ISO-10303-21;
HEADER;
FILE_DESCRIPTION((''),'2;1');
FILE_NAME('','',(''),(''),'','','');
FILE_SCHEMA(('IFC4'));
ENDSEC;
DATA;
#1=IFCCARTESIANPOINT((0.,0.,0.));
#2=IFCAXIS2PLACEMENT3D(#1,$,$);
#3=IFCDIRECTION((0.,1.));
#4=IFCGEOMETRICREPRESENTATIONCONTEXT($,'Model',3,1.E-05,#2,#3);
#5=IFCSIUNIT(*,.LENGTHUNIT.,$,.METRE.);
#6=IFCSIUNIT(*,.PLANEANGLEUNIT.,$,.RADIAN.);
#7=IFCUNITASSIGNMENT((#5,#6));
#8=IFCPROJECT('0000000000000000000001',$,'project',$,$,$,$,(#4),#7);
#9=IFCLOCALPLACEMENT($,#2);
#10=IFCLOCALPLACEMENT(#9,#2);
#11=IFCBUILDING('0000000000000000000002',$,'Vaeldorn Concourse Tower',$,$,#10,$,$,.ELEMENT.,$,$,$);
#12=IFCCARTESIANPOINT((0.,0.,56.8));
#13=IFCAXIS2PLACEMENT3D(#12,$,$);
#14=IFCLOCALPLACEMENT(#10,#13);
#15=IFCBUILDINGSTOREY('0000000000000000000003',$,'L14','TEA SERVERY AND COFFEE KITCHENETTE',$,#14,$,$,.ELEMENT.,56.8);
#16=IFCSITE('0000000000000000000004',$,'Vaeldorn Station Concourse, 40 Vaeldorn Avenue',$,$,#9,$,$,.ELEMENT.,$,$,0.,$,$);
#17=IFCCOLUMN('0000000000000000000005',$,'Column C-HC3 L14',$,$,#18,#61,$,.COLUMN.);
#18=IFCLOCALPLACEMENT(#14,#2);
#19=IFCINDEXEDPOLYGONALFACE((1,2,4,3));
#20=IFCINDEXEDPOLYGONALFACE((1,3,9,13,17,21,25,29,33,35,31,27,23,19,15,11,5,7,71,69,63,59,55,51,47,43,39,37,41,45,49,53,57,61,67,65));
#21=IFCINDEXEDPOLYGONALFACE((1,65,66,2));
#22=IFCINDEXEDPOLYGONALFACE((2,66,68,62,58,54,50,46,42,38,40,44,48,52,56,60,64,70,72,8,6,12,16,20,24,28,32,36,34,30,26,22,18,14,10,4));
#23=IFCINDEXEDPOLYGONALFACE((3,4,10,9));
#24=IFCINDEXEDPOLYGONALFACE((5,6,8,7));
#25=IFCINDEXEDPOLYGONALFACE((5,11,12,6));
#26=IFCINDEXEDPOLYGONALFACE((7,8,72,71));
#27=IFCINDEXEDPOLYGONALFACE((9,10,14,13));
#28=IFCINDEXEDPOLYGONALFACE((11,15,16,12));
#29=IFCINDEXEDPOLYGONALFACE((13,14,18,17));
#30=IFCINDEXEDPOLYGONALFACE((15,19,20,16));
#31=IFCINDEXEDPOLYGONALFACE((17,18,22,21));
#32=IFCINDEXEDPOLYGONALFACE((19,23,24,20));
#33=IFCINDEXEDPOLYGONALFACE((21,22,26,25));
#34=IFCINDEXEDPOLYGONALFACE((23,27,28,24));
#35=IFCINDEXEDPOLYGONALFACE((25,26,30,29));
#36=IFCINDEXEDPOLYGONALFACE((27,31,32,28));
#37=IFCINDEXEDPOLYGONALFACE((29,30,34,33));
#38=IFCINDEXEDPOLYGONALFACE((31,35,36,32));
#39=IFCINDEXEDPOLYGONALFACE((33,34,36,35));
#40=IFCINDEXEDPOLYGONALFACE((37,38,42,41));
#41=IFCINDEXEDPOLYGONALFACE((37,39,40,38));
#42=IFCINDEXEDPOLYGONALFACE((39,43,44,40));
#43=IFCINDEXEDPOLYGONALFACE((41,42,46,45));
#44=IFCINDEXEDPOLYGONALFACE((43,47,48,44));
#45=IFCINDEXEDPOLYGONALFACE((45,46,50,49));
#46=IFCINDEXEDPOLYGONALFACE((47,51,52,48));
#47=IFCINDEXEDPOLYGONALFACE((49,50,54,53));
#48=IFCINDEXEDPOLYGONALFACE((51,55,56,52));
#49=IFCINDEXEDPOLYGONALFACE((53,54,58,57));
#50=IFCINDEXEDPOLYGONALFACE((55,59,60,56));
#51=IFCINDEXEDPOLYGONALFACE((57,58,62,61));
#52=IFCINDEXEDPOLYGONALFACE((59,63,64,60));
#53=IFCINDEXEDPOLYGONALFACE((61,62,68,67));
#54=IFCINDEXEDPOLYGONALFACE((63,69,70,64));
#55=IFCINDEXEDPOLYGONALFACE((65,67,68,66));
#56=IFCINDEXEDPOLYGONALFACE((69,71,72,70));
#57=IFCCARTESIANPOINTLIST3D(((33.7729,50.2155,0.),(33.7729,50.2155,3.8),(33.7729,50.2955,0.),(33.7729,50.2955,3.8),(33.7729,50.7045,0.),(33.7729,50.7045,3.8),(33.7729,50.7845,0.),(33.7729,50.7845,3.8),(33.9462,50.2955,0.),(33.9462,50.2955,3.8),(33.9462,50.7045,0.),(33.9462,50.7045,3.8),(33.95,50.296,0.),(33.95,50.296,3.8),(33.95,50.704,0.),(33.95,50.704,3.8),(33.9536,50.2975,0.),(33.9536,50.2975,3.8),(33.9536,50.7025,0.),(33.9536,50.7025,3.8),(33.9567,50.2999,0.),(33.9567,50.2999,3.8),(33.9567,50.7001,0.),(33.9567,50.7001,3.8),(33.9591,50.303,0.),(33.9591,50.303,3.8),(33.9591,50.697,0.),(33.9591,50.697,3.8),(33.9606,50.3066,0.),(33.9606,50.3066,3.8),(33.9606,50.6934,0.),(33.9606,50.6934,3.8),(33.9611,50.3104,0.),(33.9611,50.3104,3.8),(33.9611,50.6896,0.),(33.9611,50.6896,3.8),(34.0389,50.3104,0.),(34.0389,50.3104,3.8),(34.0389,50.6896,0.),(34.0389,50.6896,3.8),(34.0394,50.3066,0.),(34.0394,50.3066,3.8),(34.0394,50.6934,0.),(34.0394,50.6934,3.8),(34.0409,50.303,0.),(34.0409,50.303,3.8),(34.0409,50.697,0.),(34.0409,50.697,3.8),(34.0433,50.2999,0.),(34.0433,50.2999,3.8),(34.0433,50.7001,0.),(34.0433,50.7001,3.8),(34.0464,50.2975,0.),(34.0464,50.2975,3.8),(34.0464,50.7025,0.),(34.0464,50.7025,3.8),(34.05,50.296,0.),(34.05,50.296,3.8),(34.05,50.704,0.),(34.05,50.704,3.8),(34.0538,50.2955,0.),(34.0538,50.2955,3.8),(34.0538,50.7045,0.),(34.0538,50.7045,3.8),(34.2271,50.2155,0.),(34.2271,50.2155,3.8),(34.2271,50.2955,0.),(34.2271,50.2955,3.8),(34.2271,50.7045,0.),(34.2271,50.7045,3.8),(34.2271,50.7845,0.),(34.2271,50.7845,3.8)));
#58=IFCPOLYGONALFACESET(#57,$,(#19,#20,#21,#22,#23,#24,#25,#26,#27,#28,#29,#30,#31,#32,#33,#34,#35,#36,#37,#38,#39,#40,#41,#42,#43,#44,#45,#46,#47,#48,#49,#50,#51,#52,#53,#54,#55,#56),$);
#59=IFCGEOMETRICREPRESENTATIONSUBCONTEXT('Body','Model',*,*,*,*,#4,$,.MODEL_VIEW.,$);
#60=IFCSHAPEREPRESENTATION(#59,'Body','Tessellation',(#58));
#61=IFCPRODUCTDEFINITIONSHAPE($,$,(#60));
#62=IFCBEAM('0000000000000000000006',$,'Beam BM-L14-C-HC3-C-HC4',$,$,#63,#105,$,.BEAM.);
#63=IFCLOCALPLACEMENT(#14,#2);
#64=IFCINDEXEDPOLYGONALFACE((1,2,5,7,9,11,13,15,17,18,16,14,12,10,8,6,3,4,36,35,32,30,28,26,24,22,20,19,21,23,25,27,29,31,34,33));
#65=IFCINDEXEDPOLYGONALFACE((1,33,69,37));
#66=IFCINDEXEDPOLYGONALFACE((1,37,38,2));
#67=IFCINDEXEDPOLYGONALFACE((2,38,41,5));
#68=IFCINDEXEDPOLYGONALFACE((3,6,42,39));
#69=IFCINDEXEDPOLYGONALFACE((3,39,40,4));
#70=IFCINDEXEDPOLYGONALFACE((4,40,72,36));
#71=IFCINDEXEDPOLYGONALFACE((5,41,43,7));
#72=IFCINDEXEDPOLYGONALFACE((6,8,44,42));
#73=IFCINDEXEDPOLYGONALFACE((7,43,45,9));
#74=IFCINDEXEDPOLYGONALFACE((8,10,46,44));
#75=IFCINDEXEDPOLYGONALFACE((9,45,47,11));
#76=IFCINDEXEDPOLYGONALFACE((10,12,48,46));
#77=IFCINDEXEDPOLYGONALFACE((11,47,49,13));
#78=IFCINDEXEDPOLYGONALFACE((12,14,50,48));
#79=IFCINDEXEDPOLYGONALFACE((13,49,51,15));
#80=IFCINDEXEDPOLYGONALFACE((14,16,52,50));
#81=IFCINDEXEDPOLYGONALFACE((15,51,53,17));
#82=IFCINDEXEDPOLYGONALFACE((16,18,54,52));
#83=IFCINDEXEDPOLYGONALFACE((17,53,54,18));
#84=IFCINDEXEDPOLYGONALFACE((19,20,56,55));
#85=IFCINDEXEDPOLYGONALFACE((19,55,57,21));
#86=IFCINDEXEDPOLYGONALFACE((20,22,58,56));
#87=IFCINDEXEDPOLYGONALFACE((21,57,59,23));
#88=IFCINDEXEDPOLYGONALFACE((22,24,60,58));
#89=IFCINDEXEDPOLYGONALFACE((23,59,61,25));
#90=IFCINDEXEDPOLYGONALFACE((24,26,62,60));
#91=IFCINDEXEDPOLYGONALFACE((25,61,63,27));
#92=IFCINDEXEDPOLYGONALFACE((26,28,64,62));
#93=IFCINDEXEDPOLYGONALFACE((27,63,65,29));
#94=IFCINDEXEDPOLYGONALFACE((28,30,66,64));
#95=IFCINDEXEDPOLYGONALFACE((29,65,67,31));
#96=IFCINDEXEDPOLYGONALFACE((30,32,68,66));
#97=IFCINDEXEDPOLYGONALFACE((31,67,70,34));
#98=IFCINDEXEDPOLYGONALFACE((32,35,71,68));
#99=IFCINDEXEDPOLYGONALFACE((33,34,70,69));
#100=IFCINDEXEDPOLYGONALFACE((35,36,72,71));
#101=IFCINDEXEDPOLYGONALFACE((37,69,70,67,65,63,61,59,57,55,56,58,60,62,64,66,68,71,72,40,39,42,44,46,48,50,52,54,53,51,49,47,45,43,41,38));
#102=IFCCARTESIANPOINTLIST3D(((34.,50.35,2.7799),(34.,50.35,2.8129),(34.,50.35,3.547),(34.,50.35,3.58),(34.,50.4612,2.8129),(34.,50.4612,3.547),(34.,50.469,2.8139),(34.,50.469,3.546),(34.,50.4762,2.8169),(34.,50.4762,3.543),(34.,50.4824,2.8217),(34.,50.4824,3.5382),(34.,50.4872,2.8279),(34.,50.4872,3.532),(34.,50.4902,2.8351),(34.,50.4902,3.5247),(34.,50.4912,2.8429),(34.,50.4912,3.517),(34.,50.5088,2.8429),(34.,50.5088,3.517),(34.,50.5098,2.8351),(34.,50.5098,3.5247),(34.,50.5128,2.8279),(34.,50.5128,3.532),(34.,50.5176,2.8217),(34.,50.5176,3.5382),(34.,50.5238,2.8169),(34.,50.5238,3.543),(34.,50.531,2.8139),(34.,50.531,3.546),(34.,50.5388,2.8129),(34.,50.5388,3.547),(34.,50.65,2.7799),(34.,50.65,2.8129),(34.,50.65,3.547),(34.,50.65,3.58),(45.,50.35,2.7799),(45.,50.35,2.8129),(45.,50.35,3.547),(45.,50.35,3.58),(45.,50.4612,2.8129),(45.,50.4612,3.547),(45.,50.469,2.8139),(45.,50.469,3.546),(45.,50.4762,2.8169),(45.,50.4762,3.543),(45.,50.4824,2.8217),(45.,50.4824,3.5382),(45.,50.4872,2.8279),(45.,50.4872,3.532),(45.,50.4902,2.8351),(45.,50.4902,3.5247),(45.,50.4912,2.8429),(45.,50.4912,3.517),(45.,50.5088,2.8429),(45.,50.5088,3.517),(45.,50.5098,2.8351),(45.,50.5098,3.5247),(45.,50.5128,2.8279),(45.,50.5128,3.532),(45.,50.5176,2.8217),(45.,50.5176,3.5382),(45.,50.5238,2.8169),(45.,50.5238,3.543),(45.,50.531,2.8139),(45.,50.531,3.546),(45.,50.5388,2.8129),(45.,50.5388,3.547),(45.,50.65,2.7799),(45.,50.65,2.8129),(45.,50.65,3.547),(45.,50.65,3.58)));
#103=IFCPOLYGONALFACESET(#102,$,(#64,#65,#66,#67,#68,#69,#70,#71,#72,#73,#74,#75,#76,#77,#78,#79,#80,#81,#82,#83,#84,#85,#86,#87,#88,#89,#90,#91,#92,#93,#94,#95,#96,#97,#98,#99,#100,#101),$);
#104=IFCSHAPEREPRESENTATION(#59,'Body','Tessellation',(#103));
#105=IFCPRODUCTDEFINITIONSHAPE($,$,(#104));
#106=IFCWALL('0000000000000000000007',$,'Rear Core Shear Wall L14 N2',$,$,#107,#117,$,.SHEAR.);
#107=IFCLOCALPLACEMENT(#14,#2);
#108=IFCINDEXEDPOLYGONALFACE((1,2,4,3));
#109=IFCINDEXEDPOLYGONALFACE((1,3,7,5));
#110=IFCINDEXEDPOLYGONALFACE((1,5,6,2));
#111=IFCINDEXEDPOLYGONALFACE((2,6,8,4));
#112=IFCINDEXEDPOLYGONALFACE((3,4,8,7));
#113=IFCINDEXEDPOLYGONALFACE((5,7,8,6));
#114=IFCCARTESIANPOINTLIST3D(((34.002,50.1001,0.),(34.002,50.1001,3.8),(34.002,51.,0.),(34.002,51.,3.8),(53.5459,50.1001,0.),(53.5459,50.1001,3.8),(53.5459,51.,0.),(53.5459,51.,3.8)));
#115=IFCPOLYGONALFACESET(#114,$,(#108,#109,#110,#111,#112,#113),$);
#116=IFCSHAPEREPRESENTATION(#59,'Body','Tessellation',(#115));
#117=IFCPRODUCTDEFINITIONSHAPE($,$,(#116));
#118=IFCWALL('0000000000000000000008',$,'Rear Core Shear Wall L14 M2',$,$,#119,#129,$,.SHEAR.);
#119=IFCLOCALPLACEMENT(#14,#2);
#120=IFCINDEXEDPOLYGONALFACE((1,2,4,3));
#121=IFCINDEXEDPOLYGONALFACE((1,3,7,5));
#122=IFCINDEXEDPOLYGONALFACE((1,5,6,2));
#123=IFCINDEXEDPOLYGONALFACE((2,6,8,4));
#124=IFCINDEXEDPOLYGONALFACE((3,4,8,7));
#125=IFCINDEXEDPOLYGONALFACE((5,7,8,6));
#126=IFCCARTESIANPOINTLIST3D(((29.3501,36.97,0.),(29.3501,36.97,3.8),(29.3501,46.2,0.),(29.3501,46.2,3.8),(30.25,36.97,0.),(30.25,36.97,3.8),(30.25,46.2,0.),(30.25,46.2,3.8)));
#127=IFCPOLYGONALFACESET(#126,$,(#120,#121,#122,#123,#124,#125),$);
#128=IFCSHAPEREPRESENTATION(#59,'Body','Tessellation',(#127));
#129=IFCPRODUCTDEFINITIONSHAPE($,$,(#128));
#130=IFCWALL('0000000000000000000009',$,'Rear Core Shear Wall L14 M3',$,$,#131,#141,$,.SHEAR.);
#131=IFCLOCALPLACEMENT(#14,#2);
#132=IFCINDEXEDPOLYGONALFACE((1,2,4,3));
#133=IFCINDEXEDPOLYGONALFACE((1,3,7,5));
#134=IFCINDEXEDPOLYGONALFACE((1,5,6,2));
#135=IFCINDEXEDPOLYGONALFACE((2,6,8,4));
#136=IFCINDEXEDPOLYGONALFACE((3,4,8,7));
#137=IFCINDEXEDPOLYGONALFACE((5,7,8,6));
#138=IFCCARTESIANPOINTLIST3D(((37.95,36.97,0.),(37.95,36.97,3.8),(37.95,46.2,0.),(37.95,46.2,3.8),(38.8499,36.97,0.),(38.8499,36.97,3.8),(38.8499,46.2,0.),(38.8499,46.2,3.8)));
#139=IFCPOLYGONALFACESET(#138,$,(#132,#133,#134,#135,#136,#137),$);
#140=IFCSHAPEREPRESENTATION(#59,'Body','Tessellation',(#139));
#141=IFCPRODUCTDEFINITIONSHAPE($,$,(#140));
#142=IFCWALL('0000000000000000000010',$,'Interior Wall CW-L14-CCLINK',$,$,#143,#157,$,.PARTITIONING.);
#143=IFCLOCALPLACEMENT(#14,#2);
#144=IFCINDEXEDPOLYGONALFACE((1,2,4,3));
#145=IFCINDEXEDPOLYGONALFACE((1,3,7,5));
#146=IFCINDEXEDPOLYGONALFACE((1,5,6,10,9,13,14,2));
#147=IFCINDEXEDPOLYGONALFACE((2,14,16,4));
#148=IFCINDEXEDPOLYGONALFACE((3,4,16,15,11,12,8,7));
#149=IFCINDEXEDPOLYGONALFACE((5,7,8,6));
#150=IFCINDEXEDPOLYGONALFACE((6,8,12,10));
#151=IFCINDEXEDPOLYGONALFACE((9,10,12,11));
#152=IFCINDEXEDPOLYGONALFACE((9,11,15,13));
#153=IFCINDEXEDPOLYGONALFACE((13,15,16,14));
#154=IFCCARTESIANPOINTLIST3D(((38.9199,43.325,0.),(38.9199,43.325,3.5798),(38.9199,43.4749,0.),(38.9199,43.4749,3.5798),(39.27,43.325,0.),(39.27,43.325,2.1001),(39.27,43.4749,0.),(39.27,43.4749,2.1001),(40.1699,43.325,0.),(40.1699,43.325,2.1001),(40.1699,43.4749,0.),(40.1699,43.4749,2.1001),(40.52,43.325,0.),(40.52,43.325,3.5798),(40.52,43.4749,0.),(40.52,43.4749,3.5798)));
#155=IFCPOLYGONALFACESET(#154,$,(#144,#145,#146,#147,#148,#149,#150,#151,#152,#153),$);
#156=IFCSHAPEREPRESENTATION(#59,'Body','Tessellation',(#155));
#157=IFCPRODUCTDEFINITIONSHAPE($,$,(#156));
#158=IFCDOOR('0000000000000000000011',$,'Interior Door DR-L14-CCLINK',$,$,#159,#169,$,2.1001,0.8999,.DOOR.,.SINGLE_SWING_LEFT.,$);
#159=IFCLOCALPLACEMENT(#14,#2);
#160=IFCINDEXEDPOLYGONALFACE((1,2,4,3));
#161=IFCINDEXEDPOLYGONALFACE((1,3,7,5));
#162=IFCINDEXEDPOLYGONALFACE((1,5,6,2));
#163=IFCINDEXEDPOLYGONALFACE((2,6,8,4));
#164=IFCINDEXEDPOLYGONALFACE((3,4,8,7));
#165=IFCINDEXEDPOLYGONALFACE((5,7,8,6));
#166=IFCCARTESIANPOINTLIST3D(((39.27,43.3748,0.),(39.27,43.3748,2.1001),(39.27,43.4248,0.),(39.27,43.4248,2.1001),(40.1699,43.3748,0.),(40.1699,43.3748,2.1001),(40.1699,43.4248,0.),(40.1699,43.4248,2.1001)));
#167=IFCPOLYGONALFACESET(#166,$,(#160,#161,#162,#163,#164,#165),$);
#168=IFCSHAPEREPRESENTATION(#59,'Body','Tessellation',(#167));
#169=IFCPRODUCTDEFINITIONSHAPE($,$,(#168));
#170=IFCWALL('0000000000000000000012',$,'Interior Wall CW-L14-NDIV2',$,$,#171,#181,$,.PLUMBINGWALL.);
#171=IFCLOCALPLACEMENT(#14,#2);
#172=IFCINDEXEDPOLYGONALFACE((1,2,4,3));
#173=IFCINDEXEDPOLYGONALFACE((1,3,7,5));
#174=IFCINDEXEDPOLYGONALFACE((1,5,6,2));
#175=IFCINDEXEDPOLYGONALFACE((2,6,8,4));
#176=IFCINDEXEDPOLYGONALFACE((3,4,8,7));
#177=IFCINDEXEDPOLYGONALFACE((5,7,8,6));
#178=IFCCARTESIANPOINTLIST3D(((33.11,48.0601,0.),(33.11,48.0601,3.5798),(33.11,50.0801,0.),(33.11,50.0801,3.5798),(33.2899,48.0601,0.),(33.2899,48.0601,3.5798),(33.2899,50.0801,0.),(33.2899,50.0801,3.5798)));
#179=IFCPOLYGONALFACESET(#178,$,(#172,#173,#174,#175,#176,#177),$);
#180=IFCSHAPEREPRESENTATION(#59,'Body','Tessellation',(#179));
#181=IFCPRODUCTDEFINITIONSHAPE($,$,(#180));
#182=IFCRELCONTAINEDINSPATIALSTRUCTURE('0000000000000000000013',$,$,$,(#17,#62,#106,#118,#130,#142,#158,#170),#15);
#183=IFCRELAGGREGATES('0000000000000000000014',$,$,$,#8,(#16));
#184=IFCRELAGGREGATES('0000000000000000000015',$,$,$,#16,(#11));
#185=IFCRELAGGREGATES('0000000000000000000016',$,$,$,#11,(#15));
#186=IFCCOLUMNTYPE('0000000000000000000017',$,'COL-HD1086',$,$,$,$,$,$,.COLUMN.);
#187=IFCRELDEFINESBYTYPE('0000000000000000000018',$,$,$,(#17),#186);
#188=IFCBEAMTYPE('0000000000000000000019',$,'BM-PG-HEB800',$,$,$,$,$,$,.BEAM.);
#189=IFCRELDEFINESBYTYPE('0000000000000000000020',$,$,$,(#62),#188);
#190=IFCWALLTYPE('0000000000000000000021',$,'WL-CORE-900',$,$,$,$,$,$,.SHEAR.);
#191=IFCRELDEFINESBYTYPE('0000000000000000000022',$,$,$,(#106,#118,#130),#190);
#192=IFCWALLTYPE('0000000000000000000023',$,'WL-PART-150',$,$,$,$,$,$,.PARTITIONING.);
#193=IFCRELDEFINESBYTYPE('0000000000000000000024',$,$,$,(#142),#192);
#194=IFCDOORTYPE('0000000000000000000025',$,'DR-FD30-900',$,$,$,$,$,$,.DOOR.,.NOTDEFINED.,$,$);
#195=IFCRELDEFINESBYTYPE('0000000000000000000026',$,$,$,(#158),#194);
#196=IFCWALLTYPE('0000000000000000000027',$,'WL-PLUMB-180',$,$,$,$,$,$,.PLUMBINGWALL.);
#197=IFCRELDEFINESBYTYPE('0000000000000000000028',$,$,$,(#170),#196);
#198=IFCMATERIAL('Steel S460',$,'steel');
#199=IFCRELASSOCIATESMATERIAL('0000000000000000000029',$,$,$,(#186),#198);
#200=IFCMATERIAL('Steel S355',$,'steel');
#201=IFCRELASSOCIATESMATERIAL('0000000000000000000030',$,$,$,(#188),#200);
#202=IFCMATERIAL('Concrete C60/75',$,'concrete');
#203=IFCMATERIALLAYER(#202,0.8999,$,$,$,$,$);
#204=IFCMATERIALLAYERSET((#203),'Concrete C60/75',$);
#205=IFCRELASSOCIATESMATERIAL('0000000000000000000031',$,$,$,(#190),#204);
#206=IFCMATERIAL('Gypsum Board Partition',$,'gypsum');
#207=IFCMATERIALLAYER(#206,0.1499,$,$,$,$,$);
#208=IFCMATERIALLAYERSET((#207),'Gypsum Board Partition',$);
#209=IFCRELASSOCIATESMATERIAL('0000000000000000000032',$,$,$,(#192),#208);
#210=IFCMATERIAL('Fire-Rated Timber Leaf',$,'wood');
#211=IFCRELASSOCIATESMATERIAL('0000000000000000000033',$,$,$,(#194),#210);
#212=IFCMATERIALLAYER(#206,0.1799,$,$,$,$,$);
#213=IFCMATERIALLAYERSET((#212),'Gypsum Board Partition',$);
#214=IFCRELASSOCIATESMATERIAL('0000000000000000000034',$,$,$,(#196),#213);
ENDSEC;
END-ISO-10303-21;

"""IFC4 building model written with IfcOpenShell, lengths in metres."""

from ifc_helpers import new_model, si_unit, direction, frame, frame_2d, origin, origin_2d, place, context, subcontext, project, spatial, rectangle, i_section, extrude, source, transform, mapped, material, layer, layer_set, material_profile, profile_set, type_object, element, fill, save


model = new_model("IFC4")

# Units and contexts
model_context = context("Model", 3, precision=1e-05, world=origin(), true_north=direction((0.0, 1.0)))
body_context = subcontext(model_context, "Body", "Model", "MODEL_VIEW")
ifc_project = project(units=[si_unit("LENGTHUNIT", "METRE"), si_unit("PLANEANGLEUNIT", "RADIAN")], contexts=[model_context])

# Site, building, storey
site_placement = place(None, origin())
site = spatial("IfcSite", under=ifc_project, at=site_placement, Name="Vaeldorn Station Concourse, 40 Vaeldorn Avenue", CompositionType="ELEMENT", RefElevation=0.0)
building_placement = place(site_placement, origin())
building = spatial("IfcBuilding", under=site, at=building_placement, Name="Vaeldorn Concourse Tower", CompositionType="ELEMENT")
storey_placement = place(building_placement, frame((0.0, 0.0, 56.8)))
storey = spatial("IfcBuildingStorey", under=building, at=storey_placement, Name="L14", Description="TEA SERVERY AND COFFEE KITCHENETTE", CompositionType="ELEMENT", Elevation=56.8)

# Column
ifc_material_1 = material(Name="Steel S460", Category="steel")
ifc_material_profile_1 = material_profile(ifc_material_1, i_section(OverallWidth=0.4541, OverallDepth=0.5691, WebThickness=0.0779, FlangeThickness=0.0801, FilletRadius=0.0149, at=origin_2d()), Name="HD 400x1086")
ifc_profile_set_1 = profile_set([ifc_material_profile_1], Name="Steel S460")
column_type = type_object("IfcColumnType", Name="COL-HD1086", PredefinedType="COLUMN", material=ifc_profile_set_1)
shared_shape_1 = source(origin(), body_context, "Body", "SweptSolid", [
    extrude(i_section(OverallWidth=0.4541, OverallDepth=0.5691, WebThickness=0.0779, FlangeThickness=0.0801, FilletRadius=0.0149, at=origin_2d()), origin(), (0.0, 0.0, 1.0), 3.8),
])
column_placement = place(storey_placement, frame((34.0, 50.5, 0.0), z_axis=(0.0, 0.0, 1.0), x_axis=(1.0, 0.0, 0.0)))
element("IfcColumn", 1, at=column_placement, inside=storey, type_object=column_type, Name="Column C-HC3 L14", PredefinedType="COLUMN", context=body_context, shape_type="MappedRepresentation", body=[
    mapped(shared_shape_1, transform((0.0, 0.0, 0.0), scale=1.0)),
])

# Beam
ifc_material_2 = material(Name="Steel S355", Category="steel")
ifc_material_profile_2 = material_profile(ifc_material_2, i_section(OverallWidth=0.3, OverallDepth=0.8, WebThickness=0.0176, FlangeThickness=0.033, FilletRadius=0.03, at=origin_2d()), Name="HEB 800")
ifc_profile_set_2 = profile_set([ifc_material_profile_2], Name="Steel S355")
beam_type = type_object("IfcBeamType", Name="BM-PG-HEB800", PredefinedType="BEAM", material=ifc_profile_set_2)
shared_shape_2 = source(origin(), body_context, "Body", "SweptSolid", [
    extrude(i_section(OverallWidth=0.3, OverallDepth=0.8, WebThickness=0.0176, FlangeThickness=0.033, FilletRadius=0.03, at=origin_2d()), origin(), (0.0, 0.0, 1.0), 11.0),
])
beam_placement = place(storey_placement, frame((34.0, 50.5, 3.1799), z_axis=(1.0, 0.0, 0.0), x_axis=(0.0, 1.0, 0.0)))
element("IfcBeam", 2, at=beam_placement, inside=storey, type_object=beam_type, Name="Beam BM-L14-C-HC3-C-HC4", PredefinedType="BEAM", context=body_context, shape_type="MappedRepresentation", body=[
    mapped(shared_shape_2, transform((0.0, 0.0, 0.0), scale=1.0)),
])

# Walls
ifc_material_3 = material(Name="Concrete C60/75", Category="concrete")
ifc_layer_1 = layer(ifc_material_3, 0.8999)
ifc_layer_set_1 = layer_set([ifc_layer_1], Name="Concrete C60/75")
wall_type_1 = type_object("IfcWallType", Name="WL-CORE-900", PredefinedType="SHEAR", material=ifc_layer_set_1)
wall_1_placement = place(storey_placement, frame((34.002, 50.55, 0.0), z_axis=(0.0, 0.0, 1.0), x_axis=(1.0, 0.0, 0.0)))
element("IfcWall", 3, at=wall_1_placement, inside=storey, type_object=wall_type_1, Name="Rear Core Shear Wall L14 N2", PredefinedType="SHEAR", context=body_context, shape_type="SweptSolid", body=[
    extrude(rectangle(XDim=19.5439, YDim=0.8999, at=frame_2d((9.772, 0.0))), origin(), (0.0, 0.0, 1.0), 3.8),
])
for number, where, z_axis, x_axis, name in (
    (4, (29.8, 36.97, 0.0), (0.0, 0.0, 1.0), (0.0, 1.0, 0.0), "Rear Core Shear Wall L14 M2"),
    (5, (38.3999, 36.97, 0.0), (0.0, 0.0, 1.0), (0.0, 1.0, 0.0), "Rear Core Shear Wall L14 M3"),
):
    element("IfcWall", number, at=place(storey_placement, frame(where, z_axis=z_axis, x_axis=x_axis)), inside=storey, type_object=wall_type_1, Name=name, PredefinedType="SHEAR", context=body_context, shape_type="SweptSolid", body=[
        extrude(rectangle(XDim=9.23, YDim=0.8999, at=frame_2d((4.615, 0.0))), origin(), (0.0, 0.0, 1.0), 3.8),
    ])

# Wall, opening, door
ifc_material_4 = material(Name="Gypsum Board Partition", Category="gypsum")
ifc_layer_2 = layer(ifc_material_4, 0.1499)
ifc_layer_set_2 = layer_set([ifc_layer_2], Name="Gypsum Board Partition")
wall_type_2 = type_object("IfcWallType", Name="WL-PART-150", PredefinedType="PARTITIONING", material=ifc_layer_set_2)
wall_2_placement = place(storey_placement, frame((38.9199, 43.3999, 0.0), z_axis=(0.0, 0.0, 1.0), x_axis=(1.0, 0.0, 0.0)))
wall_2 = element("IfcWall", 6, at=wall_2_placement, inside=storey, type_object=wall_type_2, Name="Interior Wall CW-L14-CCLINK", PredefinedType="PARTITIONING", context=body_context, shape_type="SweptSolid", body=[
    extrude(rectangle(XDim=1.6001, YDim=0.1499, at=frame_2d((0.8, 0.0))), origin(), (0.0, 0.0, 1.0), 3.5798),
])
opening_placement = place(wall_2_placement, frame((0.3501, 0.0, 0.0)))
opening = element("IfcOpeningElement", 7, at=opening_placement, cuts=wall_2, PredefinedType="OPENING", context=body_context, shape_type="SweptSolid", body=[
    extrude(rectangle(XDim=0.8999, YDim=2.1001, at=frame_2d((0.45, 1.05))), frame((0.0, 0.085, 0.0), z_axis=(0.0, -1.0, 0.0), x_axis=(1.0, 0.0, 0.0)), (0.0, 0.0, 1.0), 0.1699),
])
ifc_material_5 = material(Name="Fire-Rated Timber Leaf", Category="wood")
door_type = type_object("IfcDoorType", Name="DR-FD30-900", OperationType="NOTDEFINED", PredefinedType="DOOR", material=ifc_material_5)
shared_shape_3 = source(origin(), body_context, "Body", "SweptSolid", [
    extrude(rectangle(XDim=0.8999, YDim=2.1001, at=frame_2d((0.45, 1.05))), frame((0.0, 0.0249, 0.0), z_axis=(0.0, -1.0, 0.0), x_axis=(1.0, 0.0, 0.0)), (0.0, 0.0, 1.0), 0.05),
])
door_placement = place(opening_placement, origin())
door = element("IfcDoor", 8, at=door_placement, inside=storey, type_object=door_type, Name="Interior Door DR-L14-CCLINK", OperationType="SINGLE_SWING_LEFT", OverallHeight=2.1001, OverallWidth=0.8999, PredefinedType="DOOR", context=body_context, shape_type="MappedRepresentation", body=[
    mapped(shared_shape_3, transform((0.0, 0.0, 0.0), scale=1.0)),
])
fill(opening, door)

# Wall
ifc_layer_3 = layer(ifc_material_4, 0.1799)
ifc_layer_set_3 = layer_set([ifc_layer_3], Name="Gypsum Board Partition")
wall_type_3 = type_object("IfcWallType", Name="WL-PLUMB-180", PredefinedType="PLUMBINGWALL", material=ifc_layer_set_3)
for number, where, z_axis, x_axis, name in (
    (9, (33.2, 48.0601, 0.0), (0.0, 0.0, 1.0), (0.0, 1.0, 0.0), "Interior Wall CW-L14-NDIV2"),
):
    element("IfcWall", number, at=place(storey_placement, frame(where, z_axis=z_axis, x_axis=x_axis)), inside=storey, type_object=wall_type_3, Name=name, PredefinedType="PLUMBINGWALL", context=body_context, shape_type="SweptSolid", body=[
        extrude(rectangle(XDim=2.02, YDim=0.1799, at=frame_2d((1.01, 0.0))), origin(), (0.0, 0.0, 1.0), 3.5798),
    ])

save(model, "model.ifc")
